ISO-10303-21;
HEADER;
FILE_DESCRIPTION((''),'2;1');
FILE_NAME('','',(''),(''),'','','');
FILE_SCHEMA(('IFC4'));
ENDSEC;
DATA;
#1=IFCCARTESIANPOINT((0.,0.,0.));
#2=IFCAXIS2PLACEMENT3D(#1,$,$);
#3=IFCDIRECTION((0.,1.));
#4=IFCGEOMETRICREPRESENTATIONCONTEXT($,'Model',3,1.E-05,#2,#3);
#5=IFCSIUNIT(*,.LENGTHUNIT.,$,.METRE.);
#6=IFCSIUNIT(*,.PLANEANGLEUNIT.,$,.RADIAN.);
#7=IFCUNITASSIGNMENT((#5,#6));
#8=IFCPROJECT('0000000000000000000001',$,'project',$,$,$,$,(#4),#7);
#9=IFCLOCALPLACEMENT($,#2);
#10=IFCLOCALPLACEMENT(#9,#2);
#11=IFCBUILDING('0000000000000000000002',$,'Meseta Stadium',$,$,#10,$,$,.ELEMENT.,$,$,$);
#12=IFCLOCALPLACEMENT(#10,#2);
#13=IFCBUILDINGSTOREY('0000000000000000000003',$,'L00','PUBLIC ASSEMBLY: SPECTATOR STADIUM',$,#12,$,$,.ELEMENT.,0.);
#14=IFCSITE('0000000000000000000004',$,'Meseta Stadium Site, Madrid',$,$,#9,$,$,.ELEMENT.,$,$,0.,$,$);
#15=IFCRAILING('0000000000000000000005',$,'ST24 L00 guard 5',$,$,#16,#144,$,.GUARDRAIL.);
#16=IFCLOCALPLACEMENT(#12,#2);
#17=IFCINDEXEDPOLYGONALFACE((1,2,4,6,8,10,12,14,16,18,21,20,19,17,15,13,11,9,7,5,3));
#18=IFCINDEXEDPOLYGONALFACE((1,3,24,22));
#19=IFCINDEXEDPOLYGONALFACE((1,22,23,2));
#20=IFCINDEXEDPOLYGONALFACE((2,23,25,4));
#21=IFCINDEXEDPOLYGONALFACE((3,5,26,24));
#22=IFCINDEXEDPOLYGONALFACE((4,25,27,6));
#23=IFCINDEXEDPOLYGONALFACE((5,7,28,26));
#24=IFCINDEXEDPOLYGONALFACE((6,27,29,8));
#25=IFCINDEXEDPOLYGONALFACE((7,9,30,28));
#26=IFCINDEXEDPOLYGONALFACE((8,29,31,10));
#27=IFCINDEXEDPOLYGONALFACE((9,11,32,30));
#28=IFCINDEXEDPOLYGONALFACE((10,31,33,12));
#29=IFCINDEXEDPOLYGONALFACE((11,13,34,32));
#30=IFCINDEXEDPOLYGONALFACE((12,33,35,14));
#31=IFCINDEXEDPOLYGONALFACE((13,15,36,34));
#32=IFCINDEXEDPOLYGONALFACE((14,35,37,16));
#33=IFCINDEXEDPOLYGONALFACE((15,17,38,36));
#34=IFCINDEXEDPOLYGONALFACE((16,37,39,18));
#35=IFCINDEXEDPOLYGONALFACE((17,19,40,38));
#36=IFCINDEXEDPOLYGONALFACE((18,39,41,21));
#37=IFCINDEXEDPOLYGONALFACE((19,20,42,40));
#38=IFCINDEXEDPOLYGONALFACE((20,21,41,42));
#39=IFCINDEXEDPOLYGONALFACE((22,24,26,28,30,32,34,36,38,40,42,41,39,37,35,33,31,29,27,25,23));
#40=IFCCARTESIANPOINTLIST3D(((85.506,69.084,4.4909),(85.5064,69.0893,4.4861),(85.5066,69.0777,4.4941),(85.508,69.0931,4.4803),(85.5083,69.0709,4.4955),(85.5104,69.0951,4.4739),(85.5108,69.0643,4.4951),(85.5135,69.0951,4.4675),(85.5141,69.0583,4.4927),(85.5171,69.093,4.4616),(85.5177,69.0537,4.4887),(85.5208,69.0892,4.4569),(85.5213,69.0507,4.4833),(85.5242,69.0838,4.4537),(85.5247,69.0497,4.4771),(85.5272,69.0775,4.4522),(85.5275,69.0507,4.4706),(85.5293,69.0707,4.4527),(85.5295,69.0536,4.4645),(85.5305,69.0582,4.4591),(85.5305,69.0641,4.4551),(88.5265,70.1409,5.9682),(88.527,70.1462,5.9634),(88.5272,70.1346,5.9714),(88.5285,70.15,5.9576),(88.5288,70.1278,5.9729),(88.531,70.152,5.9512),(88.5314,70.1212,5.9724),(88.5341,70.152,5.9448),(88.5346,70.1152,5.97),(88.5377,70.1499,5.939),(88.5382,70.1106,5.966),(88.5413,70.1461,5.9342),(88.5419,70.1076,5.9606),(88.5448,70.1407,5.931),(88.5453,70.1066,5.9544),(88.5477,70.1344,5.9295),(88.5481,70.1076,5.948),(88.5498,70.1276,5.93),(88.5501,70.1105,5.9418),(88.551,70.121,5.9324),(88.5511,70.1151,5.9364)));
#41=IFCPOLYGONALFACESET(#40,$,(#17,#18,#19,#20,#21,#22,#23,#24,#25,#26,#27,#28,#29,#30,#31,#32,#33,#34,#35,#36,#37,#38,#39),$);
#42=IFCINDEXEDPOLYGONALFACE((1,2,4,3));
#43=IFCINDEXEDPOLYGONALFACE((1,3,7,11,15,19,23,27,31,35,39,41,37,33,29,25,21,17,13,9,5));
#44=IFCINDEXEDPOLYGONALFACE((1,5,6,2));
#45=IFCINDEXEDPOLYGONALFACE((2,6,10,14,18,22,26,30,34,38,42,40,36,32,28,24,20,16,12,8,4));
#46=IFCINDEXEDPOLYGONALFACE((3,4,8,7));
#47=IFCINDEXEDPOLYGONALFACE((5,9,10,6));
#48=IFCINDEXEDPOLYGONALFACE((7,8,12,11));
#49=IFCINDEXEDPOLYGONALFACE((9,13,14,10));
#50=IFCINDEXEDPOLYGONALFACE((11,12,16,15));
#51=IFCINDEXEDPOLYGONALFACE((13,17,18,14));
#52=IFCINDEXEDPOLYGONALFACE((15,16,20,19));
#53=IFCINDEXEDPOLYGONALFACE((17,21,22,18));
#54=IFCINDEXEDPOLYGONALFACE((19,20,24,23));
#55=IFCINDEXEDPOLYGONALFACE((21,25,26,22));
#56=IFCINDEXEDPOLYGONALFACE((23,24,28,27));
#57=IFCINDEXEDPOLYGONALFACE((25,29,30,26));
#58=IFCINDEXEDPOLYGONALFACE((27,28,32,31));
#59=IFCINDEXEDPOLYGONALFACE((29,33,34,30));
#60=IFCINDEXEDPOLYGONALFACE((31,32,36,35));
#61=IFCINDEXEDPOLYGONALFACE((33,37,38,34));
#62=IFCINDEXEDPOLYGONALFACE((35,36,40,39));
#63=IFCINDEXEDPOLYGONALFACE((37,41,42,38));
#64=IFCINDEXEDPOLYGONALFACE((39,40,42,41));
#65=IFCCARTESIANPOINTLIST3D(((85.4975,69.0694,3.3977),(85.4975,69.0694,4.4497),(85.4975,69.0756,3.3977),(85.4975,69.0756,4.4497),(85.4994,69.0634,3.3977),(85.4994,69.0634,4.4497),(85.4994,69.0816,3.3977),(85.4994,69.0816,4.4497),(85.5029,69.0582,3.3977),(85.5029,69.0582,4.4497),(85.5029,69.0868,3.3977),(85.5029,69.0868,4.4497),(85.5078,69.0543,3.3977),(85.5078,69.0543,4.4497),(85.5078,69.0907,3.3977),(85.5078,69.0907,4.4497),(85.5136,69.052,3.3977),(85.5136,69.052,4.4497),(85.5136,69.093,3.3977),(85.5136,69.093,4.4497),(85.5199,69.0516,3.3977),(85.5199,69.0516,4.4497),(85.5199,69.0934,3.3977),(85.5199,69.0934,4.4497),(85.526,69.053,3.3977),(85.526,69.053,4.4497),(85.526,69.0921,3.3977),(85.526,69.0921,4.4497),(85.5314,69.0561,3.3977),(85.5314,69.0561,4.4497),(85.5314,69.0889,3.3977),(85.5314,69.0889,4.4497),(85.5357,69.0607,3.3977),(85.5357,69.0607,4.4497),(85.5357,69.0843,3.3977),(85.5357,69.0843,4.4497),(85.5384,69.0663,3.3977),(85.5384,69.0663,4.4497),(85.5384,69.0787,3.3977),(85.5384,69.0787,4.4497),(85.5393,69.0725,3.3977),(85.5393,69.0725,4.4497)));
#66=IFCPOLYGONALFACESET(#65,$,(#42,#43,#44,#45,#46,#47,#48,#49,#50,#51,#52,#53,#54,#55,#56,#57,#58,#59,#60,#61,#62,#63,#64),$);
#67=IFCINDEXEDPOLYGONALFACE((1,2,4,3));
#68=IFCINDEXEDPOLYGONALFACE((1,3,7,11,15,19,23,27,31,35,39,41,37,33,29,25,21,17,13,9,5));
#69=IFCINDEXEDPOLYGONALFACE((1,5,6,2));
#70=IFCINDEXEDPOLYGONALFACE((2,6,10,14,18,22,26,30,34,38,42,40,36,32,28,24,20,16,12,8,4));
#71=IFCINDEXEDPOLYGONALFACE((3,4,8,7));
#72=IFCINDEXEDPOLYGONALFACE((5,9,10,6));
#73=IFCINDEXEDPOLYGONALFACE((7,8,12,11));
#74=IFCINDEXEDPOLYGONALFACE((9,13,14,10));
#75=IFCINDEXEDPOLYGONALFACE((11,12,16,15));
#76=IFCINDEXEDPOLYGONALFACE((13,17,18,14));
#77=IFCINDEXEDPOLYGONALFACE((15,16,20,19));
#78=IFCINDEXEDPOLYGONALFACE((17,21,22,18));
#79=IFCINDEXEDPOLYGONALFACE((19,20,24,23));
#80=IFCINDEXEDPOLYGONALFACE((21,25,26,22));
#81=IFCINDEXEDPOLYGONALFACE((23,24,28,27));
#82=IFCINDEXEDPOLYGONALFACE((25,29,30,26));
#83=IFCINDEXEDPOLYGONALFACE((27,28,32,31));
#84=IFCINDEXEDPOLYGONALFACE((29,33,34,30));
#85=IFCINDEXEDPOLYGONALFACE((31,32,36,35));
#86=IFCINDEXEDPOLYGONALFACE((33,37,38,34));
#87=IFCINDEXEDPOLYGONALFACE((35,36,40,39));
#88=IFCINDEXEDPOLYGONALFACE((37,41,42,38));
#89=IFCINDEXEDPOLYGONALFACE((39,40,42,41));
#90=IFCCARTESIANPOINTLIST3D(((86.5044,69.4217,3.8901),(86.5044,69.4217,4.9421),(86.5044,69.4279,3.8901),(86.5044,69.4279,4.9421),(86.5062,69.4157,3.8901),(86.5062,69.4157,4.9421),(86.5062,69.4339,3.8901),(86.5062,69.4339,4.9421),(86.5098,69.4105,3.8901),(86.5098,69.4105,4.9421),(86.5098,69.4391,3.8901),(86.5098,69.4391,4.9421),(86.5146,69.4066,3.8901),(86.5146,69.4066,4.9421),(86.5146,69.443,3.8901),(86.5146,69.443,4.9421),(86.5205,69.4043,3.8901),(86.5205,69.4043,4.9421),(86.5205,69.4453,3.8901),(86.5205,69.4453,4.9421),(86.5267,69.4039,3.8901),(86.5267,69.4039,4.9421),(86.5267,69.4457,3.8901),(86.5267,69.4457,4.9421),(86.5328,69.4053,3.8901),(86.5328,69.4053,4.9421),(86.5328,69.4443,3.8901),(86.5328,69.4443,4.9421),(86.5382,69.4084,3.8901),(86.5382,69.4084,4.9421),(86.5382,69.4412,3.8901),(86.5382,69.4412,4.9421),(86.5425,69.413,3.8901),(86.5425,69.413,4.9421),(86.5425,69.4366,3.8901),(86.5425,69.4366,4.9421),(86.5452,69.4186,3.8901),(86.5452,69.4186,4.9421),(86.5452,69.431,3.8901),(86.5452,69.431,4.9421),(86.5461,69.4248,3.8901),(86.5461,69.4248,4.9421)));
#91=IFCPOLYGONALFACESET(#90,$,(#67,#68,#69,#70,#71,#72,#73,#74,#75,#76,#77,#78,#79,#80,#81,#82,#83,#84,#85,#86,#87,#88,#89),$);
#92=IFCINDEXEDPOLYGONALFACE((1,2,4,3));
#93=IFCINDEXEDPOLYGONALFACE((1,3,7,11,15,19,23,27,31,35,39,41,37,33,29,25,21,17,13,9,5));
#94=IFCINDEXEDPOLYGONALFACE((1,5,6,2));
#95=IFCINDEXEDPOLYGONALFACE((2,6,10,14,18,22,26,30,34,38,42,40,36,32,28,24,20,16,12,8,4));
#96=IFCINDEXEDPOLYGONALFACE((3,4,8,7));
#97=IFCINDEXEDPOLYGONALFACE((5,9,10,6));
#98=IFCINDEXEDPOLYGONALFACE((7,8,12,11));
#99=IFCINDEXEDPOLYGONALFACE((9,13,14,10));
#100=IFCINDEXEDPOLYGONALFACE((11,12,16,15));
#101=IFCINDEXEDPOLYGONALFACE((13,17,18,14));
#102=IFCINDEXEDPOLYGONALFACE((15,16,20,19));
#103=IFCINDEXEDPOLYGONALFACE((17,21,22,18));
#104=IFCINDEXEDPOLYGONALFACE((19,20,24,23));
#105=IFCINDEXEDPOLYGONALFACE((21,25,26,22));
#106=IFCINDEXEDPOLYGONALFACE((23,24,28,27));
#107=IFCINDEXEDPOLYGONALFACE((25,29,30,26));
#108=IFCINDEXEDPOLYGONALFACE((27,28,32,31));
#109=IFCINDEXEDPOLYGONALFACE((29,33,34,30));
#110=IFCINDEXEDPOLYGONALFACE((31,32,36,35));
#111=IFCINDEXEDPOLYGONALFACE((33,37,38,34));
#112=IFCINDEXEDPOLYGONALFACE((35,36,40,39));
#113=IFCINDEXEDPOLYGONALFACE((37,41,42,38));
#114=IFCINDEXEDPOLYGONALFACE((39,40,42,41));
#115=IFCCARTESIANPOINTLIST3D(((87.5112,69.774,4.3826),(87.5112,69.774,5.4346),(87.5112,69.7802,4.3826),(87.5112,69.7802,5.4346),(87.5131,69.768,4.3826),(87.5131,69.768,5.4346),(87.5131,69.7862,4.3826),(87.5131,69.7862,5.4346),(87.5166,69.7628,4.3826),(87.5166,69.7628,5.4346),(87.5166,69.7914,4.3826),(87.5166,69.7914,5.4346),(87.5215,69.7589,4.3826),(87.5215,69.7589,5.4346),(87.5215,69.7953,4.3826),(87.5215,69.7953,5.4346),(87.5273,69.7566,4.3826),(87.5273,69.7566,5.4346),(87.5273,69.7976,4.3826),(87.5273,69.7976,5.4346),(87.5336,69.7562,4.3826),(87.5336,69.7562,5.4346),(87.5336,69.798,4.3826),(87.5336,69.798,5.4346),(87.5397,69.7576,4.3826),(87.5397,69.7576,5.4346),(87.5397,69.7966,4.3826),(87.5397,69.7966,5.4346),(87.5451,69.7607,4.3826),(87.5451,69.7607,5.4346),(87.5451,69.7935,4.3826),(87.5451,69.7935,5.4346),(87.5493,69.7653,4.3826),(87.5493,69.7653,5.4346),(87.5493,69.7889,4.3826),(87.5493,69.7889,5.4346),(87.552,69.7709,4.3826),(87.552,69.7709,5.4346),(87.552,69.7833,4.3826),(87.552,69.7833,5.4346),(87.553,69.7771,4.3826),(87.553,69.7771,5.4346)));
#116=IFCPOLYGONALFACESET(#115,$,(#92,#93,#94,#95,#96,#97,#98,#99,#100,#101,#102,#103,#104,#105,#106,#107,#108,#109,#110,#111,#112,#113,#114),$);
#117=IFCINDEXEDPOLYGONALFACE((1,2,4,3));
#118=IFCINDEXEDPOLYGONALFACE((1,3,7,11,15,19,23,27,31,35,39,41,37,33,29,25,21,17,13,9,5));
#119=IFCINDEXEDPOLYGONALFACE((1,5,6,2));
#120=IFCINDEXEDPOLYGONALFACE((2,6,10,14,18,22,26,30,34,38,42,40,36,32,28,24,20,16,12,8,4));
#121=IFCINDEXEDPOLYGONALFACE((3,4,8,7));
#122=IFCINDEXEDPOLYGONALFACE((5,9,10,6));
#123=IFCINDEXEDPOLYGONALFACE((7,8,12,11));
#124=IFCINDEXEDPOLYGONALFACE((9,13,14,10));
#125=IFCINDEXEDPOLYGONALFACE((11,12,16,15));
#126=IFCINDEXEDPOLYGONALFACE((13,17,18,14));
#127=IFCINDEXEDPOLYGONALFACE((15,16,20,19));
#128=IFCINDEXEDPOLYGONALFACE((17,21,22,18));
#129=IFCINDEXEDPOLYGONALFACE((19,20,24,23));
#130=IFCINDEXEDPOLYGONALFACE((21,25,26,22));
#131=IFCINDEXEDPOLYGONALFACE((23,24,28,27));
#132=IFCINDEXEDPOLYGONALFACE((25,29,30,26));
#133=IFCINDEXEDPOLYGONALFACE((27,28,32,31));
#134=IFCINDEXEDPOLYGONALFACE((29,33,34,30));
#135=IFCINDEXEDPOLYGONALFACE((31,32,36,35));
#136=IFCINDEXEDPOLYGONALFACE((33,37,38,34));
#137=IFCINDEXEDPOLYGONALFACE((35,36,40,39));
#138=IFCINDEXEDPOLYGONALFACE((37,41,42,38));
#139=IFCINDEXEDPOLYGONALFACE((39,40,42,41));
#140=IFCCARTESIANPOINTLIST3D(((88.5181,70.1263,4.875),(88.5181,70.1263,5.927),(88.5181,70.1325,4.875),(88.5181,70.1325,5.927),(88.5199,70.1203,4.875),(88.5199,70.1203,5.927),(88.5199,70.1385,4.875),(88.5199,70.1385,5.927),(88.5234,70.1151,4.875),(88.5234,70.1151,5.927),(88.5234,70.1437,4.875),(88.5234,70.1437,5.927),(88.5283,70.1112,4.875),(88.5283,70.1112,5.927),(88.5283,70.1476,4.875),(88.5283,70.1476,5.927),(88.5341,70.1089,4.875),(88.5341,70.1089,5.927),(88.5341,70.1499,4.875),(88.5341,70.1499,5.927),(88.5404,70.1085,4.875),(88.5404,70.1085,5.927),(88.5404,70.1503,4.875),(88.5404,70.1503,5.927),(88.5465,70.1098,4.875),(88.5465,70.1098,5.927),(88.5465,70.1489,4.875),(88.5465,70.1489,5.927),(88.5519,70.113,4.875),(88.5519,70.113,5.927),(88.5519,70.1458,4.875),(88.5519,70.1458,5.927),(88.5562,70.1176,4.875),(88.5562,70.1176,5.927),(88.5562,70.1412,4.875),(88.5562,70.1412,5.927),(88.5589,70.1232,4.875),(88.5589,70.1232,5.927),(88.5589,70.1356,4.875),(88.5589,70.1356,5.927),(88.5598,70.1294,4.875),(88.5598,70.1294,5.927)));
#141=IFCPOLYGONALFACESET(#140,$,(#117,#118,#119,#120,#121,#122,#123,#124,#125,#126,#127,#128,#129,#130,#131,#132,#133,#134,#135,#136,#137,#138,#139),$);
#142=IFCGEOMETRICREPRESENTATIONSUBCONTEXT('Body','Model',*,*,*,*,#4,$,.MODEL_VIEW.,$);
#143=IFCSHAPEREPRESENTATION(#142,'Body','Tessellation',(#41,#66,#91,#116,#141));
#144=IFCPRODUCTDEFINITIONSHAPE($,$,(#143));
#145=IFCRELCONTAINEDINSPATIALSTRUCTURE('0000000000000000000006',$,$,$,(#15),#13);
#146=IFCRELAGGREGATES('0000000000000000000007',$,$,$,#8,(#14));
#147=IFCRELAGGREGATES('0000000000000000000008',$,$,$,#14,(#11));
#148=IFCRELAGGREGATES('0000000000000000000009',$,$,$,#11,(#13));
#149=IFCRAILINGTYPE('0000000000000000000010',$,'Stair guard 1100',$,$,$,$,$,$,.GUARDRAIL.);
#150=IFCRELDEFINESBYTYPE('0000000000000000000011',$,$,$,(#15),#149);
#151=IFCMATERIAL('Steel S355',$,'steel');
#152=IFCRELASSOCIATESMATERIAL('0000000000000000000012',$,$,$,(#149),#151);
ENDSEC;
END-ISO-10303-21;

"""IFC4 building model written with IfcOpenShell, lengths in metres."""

from ifc_helpers import new_model, si_unit, direction, frame, origin, origin_2d, place, context, subcontext, project, spatial, circle, extrude, material, type_object, element, save


model = new_model("IFC4")

# Units and contexts
model_context = context("Model", 3, precision=1e-05, world=origin(), true_north=direction((0.0, 1.0)))
body_context = subcontext(model_context, "Body", "Model", "MODEL_VIEW")
ifc_project = project(units=[si_unit("LENGTHUNIT", "METRE"), si_unit("PLANEANGLEUNIT", "RADIAN")], contexts=[model_context])

# Site, building, storey
site_placement = place(None, origin())
site = spatial("IfcSite", under=ifc_project, at=site_placement, Name="Meseta Stadium Site, Madrid", CompositionType="ELEMENT", RefElevation=0.0)
building_placement = place(site_placement, origin())
building = spatial("IfcBuilding", under=site, at=building_placement, Name="Meseta Stadium", CompositionType="ELEMENT")
storey_placement = place(building_placement, origin())
storey = spatial("IfcBuildingStorey", under=building, at=storey_placement, Name="L00", Description="PUBLIC ASSEMBLY: SPECTATOR STADIUM", CompositionType="ELEMENT", Elevation=0.0)

# Railing
ifc_material_1 = material(Name="Steel S355", Category="steel")
railing_type_1 = type_object("IfcRailingType", Name="Stair guard 1100", PredefinedType="GUARDRAIL", material=ifc_material_1)
railing_1_placement = place(storey_placement, frame((85.5183, 69.0725, 3.3977)))
element("IfcRailing", 1, at=railing_1_placement, inside=storey, type_object=railing_type_1, Name="ST24 L00 guard 5", PredefinedType="GUARDRAIL", context=body_context, shape_type="SweptSolid", body=[
    extrude(circle(Radius=0.0239, at=origin_2d()), frame((0.0, 0.0, 1.0762), z_axis=(0.856977, 0.299859, 0.419137), x_axis=(-0.330269, 0.943887, 0.0)), (0.0, 0.0, 1.0), 3.5247),
    extrude(circle(Radius=0.021, at=origin_2d()), origin(), (0.0, 0.0, 1.0), 1.052),
    extrude(circle(Radius=0.021, at=origin_2d()), frame((1.0068, 0.3523, 0.4924)), (0.0, 0.0, 1.0), 1.052),
    extrude(circle(Radius=0.021, at=origin_2d()), frame((2.0137, 0.7046, 0.9849)), (0.0, 0.0, 1.0), 1.052),
    extrude(circle(Radius=0.021, at=origin_2d()), frame((3.0205, 1.0569, 1.4773)), (0.0, 0.0, 1.0), 1.052),
])

save(model, "model.ifc")
